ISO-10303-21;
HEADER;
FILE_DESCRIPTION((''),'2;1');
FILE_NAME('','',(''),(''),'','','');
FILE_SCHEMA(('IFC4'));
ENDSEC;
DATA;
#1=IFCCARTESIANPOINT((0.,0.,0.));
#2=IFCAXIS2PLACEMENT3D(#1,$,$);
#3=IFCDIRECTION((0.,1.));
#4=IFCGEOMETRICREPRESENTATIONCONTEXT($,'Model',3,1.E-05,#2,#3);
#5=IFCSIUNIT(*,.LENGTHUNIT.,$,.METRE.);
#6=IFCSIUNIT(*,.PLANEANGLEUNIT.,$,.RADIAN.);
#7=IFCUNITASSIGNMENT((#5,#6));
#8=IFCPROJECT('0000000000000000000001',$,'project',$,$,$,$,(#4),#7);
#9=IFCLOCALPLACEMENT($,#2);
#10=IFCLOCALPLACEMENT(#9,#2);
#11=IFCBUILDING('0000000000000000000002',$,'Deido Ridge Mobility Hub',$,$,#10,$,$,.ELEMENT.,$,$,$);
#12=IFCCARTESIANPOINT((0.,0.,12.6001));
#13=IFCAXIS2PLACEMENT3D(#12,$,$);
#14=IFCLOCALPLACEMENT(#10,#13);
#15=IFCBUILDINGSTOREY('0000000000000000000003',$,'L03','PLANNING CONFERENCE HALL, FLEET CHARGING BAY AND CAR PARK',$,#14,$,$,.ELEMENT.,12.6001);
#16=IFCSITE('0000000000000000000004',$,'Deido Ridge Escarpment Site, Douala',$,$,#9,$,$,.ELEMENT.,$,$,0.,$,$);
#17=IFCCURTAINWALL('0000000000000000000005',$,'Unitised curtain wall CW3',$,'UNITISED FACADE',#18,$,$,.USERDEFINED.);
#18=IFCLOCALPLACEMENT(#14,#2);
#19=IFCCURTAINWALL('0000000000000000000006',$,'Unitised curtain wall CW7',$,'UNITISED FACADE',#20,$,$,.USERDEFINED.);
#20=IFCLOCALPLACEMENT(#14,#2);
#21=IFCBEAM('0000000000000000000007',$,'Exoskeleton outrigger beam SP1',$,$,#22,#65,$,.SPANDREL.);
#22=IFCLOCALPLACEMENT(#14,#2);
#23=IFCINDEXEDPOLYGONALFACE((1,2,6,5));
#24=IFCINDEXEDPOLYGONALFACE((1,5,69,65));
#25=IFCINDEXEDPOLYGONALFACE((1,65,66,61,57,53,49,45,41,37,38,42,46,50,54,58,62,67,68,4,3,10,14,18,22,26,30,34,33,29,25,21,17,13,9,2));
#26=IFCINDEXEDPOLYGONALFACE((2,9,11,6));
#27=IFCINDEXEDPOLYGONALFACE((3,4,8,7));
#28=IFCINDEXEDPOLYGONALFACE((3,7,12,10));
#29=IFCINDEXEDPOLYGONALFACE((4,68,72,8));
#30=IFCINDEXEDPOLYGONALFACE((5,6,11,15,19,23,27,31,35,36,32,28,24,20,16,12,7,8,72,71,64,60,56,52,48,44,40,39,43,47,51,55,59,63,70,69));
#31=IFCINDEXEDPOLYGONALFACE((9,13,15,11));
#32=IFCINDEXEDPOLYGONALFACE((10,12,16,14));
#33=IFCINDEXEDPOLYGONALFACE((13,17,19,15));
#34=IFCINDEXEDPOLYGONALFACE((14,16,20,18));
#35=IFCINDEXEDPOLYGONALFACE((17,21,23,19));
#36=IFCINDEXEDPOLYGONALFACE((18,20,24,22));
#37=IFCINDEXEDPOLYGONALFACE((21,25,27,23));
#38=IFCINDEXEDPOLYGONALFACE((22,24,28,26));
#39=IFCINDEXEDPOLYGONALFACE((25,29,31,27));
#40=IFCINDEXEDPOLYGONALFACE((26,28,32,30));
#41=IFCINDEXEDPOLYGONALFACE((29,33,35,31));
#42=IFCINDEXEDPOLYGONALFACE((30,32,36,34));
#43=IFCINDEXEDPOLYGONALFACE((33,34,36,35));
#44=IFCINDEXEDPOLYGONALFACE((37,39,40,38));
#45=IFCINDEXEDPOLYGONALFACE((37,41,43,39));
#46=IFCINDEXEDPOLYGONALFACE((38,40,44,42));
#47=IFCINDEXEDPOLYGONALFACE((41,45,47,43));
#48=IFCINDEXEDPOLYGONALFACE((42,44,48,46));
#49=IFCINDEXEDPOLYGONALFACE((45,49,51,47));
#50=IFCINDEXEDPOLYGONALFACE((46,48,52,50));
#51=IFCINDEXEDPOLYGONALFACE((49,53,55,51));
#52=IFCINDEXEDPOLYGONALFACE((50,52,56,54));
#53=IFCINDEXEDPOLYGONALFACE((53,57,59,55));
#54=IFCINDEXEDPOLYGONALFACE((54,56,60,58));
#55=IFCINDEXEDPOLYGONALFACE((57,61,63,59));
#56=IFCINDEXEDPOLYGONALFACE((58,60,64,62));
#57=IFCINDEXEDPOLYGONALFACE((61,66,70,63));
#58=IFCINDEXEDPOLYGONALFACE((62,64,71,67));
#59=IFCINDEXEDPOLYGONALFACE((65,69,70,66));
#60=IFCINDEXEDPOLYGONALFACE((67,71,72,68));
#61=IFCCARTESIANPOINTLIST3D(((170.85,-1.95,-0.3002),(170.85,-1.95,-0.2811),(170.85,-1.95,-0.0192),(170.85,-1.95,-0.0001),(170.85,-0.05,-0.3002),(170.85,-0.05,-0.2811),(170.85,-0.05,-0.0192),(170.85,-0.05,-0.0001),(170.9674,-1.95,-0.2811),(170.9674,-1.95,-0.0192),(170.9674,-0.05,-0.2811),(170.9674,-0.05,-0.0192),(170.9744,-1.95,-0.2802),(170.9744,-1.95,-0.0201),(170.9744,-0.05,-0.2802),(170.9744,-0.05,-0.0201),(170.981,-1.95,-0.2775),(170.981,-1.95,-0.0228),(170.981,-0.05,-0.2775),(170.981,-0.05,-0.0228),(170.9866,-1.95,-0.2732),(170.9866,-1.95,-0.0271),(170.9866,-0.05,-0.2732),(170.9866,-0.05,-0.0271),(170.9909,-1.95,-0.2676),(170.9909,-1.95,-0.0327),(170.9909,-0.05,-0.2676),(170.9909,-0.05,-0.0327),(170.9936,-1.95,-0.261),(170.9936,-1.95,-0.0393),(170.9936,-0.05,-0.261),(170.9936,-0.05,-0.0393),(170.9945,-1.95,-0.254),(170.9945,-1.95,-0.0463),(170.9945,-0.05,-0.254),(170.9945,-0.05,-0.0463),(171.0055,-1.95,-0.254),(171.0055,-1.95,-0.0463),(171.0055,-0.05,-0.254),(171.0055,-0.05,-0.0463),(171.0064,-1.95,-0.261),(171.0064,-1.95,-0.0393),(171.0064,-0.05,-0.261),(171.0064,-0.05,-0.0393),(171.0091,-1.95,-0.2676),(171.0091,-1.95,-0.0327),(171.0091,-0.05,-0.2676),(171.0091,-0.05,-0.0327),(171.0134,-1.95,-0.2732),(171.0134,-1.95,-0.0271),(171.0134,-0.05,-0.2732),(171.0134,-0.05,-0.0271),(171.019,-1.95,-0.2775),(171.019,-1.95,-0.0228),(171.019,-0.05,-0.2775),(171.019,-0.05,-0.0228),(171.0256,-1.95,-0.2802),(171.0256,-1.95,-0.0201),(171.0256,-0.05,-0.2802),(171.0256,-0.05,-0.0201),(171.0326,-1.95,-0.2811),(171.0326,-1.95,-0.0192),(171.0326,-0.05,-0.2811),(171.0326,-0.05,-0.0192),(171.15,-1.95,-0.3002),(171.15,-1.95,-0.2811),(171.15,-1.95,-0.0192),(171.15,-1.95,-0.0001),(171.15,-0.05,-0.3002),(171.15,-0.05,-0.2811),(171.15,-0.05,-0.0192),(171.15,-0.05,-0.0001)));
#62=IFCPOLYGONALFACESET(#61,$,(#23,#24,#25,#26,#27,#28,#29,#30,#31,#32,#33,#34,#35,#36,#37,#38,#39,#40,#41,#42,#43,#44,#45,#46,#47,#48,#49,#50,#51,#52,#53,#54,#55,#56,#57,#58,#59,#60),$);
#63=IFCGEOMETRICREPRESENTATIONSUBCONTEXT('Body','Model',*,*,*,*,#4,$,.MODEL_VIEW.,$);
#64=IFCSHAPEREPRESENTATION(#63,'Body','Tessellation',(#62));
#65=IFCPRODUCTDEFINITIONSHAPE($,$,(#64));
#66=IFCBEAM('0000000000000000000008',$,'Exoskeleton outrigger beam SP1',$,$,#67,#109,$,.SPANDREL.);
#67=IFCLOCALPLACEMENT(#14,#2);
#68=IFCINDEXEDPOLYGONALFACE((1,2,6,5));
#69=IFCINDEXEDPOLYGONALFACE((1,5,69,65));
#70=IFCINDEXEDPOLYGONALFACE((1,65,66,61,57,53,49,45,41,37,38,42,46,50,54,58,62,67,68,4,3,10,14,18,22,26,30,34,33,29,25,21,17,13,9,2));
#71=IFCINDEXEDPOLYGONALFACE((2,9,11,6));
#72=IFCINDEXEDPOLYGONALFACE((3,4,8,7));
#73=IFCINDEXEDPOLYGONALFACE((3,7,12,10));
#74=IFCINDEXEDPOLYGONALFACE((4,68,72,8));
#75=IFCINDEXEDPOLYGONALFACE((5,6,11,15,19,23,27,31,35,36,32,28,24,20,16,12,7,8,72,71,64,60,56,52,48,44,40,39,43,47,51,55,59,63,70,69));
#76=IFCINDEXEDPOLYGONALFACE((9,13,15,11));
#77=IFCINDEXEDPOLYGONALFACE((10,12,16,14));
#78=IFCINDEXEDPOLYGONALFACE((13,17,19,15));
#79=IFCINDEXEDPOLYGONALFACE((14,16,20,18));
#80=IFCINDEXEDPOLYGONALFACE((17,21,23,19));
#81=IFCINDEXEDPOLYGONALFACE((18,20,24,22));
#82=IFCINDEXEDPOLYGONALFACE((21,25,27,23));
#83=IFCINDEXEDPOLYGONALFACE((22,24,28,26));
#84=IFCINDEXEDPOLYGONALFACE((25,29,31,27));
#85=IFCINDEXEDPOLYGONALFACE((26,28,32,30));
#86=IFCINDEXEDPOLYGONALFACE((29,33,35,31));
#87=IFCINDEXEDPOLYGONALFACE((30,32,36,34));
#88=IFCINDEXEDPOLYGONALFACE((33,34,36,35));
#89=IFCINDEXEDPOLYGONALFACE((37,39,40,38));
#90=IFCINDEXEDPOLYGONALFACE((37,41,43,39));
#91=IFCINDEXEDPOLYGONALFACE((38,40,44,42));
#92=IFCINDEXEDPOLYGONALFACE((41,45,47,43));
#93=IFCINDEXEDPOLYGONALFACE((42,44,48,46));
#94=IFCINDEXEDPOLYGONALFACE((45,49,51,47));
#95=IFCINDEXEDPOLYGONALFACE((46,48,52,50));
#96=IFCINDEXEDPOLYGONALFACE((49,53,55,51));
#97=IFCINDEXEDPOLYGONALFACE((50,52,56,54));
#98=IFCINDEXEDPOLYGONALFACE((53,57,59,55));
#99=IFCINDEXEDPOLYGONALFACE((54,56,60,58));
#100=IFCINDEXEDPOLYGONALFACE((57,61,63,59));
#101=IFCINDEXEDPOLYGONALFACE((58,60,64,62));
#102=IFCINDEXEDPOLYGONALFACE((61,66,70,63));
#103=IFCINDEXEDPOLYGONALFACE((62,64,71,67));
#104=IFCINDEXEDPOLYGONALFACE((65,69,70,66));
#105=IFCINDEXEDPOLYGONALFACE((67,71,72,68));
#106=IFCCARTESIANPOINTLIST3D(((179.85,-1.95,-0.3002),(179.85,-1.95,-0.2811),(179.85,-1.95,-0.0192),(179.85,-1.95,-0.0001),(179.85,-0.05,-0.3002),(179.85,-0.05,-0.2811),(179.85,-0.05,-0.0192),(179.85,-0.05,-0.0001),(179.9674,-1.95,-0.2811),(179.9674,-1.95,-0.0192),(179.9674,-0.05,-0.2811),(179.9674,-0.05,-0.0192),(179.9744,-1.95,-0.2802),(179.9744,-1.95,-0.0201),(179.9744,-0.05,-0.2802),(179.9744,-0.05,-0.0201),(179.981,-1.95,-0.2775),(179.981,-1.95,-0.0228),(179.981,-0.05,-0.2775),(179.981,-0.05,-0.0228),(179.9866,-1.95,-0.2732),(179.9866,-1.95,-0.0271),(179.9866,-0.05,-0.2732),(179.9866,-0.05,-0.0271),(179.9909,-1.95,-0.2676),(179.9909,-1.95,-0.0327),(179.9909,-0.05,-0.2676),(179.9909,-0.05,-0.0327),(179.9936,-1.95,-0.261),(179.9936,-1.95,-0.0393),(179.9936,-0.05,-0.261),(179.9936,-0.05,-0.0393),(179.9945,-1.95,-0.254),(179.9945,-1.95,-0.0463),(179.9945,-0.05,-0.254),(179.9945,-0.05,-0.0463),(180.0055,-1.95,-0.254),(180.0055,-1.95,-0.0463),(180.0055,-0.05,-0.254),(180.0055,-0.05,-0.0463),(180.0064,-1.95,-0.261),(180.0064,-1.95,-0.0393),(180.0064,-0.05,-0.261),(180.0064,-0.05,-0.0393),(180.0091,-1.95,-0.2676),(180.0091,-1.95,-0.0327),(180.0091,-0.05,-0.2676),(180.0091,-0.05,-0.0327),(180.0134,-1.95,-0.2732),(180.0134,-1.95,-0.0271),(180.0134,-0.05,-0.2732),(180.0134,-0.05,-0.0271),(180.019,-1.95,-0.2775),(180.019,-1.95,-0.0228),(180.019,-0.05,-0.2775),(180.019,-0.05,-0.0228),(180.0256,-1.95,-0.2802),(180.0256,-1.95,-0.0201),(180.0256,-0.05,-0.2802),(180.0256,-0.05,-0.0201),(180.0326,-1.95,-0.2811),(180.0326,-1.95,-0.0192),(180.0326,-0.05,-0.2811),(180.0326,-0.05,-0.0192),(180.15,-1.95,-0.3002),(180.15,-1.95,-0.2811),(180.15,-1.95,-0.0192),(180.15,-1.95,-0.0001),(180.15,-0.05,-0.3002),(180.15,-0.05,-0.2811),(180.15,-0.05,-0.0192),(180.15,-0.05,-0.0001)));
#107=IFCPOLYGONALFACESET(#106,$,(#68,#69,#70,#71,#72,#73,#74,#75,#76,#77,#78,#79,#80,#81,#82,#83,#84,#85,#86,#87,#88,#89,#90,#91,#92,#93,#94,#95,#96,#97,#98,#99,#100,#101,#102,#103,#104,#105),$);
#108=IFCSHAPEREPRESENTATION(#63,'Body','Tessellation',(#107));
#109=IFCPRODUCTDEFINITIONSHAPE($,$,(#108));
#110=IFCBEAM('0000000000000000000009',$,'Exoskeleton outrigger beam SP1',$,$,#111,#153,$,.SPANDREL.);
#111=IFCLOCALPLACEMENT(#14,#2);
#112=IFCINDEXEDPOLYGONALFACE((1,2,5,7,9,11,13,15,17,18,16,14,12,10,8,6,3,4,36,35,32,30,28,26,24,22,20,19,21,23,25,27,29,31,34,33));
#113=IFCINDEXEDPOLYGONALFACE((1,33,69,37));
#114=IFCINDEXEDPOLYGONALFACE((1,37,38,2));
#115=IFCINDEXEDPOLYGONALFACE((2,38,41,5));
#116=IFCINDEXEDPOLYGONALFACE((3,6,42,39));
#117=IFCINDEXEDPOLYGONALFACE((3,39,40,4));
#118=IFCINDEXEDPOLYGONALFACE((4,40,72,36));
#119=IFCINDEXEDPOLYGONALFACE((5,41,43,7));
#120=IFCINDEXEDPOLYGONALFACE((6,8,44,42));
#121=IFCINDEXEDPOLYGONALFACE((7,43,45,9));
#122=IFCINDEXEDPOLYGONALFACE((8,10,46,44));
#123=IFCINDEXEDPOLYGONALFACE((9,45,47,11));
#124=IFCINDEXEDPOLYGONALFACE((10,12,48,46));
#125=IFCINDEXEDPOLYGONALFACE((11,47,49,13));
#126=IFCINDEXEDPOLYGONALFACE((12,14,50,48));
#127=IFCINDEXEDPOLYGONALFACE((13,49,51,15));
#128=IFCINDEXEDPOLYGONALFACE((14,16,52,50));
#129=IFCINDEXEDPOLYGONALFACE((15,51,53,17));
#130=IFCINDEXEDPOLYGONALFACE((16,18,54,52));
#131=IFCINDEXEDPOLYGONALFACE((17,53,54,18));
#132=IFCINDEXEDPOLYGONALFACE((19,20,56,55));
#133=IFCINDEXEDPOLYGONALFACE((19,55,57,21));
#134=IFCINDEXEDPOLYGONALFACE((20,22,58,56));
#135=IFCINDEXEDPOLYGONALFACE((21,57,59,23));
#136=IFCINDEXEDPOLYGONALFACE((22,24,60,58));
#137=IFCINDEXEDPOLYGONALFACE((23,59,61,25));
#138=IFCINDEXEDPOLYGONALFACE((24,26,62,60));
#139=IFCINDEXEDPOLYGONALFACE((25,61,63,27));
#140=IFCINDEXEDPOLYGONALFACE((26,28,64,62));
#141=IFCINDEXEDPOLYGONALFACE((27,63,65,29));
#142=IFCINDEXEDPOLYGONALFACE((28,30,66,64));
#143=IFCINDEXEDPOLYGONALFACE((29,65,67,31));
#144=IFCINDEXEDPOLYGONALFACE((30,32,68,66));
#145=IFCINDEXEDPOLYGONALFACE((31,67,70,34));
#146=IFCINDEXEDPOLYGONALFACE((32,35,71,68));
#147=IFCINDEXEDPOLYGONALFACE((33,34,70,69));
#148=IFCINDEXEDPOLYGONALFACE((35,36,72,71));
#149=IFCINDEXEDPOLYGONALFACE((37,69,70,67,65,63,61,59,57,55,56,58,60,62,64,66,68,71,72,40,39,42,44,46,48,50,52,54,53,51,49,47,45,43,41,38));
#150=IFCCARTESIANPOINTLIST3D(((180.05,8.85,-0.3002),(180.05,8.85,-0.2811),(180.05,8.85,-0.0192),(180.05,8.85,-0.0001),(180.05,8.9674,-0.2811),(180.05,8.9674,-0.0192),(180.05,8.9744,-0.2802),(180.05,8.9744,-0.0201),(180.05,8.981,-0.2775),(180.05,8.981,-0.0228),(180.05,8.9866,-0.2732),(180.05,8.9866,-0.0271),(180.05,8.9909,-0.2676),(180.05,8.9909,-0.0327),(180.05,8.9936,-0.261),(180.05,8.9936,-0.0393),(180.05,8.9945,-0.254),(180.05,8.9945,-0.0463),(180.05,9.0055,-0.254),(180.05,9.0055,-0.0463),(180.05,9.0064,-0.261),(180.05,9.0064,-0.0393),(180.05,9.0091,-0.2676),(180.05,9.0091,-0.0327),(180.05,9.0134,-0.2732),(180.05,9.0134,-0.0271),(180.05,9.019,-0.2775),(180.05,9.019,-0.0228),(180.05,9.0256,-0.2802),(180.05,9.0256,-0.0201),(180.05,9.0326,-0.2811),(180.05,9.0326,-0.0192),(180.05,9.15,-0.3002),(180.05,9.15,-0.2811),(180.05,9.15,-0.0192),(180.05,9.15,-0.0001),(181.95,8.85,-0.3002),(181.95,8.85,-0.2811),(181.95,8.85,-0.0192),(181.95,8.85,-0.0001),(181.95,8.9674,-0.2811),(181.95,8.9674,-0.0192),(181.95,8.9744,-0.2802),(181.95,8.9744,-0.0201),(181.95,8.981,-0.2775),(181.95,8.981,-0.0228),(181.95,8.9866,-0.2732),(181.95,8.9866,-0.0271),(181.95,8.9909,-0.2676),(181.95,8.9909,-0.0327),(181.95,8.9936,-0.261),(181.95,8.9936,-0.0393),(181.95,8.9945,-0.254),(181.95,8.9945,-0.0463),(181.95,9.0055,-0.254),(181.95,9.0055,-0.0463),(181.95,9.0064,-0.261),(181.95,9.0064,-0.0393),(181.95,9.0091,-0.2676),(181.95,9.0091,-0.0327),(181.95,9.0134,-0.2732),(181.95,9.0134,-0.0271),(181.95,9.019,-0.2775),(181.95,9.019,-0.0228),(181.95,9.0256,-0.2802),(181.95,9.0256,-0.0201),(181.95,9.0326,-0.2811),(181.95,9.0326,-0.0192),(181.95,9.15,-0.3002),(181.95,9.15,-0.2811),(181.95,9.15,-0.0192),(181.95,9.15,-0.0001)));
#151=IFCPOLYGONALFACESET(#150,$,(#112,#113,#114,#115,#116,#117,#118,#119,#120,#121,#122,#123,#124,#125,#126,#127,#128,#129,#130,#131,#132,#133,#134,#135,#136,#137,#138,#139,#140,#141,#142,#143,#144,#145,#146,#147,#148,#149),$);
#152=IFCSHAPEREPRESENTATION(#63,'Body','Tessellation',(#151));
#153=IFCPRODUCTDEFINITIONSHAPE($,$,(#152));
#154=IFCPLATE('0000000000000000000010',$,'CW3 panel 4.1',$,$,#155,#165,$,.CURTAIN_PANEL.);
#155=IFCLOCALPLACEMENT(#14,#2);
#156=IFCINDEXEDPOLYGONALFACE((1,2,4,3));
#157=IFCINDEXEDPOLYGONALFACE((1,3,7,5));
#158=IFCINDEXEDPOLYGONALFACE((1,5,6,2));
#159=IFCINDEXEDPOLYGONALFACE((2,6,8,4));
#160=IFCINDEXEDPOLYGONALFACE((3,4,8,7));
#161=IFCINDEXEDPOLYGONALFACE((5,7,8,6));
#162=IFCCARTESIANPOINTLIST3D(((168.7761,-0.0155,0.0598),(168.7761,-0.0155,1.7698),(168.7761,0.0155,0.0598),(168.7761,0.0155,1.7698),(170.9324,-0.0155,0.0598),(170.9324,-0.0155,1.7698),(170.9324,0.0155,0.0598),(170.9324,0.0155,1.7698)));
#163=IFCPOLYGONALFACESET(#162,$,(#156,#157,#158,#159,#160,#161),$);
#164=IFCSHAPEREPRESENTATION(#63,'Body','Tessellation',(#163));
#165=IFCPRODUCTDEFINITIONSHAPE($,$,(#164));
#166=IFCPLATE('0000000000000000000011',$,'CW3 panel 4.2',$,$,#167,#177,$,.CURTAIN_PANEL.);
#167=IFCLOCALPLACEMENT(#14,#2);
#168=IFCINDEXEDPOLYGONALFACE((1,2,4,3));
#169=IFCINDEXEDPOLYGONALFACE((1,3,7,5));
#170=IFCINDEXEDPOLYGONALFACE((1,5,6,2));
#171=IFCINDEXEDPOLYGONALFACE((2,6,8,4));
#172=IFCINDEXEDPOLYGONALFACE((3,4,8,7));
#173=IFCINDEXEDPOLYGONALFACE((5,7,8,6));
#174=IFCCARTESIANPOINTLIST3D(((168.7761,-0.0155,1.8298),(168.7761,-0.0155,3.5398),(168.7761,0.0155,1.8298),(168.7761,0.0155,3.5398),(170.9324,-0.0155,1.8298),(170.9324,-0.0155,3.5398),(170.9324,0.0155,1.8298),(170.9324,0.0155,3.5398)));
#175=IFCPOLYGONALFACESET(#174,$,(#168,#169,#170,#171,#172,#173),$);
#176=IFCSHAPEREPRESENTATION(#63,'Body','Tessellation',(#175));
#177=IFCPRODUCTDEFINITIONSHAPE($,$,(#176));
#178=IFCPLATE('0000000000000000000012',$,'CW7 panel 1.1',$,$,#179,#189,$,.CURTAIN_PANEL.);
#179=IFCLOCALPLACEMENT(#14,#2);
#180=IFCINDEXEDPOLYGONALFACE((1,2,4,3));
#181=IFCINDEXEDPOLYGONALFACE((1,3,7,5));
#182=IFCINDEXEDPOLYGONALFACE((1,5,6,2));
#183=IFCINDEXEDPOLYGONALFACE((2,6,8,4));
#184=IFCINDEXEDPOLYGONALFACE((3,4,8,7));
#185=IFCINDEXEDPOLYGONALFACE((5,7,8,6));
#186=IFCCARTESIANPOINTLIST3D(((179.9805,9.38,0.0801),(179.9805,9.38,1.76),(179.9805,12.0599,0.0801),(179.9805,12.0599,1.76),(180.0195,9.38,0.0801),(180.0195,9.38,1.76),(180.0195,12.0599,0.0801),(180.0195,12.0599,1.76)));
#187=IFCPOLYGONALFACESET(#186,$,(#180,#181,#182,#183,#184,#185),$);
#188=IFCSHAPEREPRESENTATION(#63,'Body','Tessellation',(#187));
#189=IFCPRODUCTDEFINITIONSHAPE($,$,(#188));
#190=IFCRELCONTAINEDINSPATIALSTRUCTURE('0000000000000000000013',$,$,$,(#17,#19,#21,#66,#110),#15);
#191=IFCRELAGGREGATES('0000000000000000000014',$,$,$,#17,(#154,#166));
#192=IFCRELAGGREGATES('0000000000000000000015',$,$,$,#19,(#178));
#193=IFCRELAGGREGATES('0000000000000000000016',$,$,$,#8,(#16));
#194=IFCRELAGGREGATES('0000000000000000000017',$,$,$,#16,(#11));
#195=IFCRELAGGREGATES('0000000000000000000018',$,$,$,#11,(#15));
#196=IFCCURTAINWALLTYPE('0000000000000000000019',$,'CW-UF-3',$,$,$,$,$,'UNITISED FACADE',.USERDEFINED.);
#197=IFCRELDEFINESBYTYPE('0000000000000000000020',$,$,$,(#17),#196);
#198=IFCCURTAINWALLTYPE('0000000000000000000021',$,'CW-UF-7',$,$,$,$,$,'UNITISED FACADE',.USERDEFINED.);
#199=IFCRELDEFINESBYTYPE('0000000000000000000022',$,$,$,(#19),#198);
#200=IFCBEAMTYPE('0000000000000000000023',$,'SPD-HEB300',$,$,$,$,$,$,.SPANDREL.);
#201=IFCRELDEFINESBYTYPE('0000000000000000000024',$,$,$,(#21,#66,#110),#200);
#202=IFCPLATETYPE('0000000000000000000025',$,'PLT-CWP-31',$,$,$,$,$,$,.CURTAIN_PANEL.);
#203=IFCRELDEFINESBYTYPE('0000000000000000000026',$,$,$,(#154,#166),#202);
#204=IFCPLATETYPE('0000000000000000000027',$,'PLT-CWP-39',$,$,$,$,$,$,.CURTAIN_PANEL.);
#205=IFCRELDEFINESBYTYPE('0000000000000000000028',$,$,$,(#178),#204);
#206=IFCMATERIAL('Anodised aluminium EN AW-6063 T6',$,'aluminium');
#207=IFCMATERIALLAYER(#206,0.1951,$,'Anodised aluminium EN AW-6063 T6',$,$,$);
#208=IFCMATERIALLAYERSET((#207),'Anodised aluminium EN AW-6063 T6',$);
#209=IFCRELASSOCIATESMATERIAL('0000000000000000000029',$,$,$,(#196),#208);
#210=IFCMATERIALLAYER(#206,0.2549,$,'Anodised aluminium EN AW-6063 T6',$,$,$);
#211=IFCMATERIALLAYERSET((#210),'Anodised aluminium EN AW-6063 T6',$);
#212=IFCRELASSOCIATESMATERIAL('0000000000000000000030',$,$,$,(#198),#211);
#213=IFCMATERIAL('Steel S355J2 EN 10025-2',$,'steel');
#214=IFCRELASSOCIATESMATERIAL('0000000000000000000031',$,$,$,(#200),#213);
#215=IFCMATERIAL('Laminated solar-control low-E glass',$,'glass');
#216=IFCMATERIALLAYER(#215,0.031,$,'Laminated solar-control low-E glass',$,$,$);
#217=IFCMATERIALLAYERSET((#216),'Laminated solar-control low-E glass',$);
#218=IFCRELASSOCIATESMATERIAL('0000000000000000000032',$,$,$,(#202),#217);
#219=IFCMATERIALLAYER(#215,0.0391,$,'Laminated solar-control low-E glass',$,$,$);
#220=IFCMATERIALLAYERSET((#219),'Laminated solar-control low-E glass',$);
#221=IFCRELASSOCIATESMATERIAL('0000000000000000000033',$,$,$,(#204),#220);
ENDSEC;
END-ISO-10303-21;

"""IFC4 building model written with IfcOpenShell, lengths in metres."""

from ifc_helpers import new_model, si_unit, direction, frame, origin, origin_2d, place, context, subcontext, project, spatial, rectangle, i_section, extrude, material, layer, layer_set, material_profile, profile_set, type_object, element, aggregate, save


model = new_model("IFC4")

# Units and contexts
model_context = context("Model", 3, precision=1e-05, world=origin(), true_north=direction((0.0, 1.0)))
body_context = subcontext(model_context, "Body", "Model", "MODEL_VIEW")
ifc_project = project(units=[si_unit("LENGTHUNIT", "METRE"), si_unit("PLANEANGLEUNIT", "RADIAN")], contexts=[model_context])

# Site, building, storey
site_placement = place(None, origin())
site = spatial("IfcSite", under=ifc_project, at=site_placement, Name="Deido Ridge Escarpment Site, Douala", CompositionType="ELEMENT", RefElevation=0.0)
building_placement = place(site_placement, origin())
building = spatial("IfcBuilding", under=site, at=building_placement, Name="Deido Ridge Mobility Hub", CompositionType="ELEMENT")
storey_placement = place(building_placement, frame((0.0, 0.0, 12.6001)))
storey = spatial("IfcBuildingStorey", under=building, at=storey_placement, Name="L03", Description="PLANNING CONFERENCE HALL, FLEET CHARGING BAY AND CAR PARK", CompositionType="ELEMENT", Elevation=12.6001)

# Shared definitions
ifc_material_1 = material(Name="Steel S355J2 EN 10025-2", Category="steel")

# Curtain walls
ifc_material_2 = material(Name="Anodised aluminium EN AW-6063 T6", Category="aluminium")
ifc_layer_1 = layer(ifc_material_2, 0.1951, Name="Anodised aluminium EN AW-6063 T6")
ifc_layer_set_1 = layer_set([ifc_layer_1], Name="Anodised aluminium EN AW-6063 T6")
curtain_wall_type_1 = type_object("IfcCurtainWallType", Name="CW-UF-3", ElementType="UNITISED FACADE", PredefinedType="USERDEFINED", material=ifc_layer_set_1)
curtain_wall_1_placement = place(storey_placement, origin())
curtain_wall_1 = element("IfcCurtainWall", 1, at=curtain_wall_1_placement, inside=storey, type_object=curtain_wall_type_1, Name="Unitised curtain wall CW3", ObjectType="UNITISED FACADE", PredefinedType="USERDEFINED")
ifc_layer_2 = layer(ifc_material_2, 0.2549, Name="Anodised aluminium EN AW-6063 T6")
ifc_layer_set_2 = layer_set([ifc_layer_2], Name="Anodised aluminium EN AW-6063 T6")
curtain_wall_type_2 = type_object("IfcCurtainWallType", Name="CW-UF-7", ElementType="UNITISED FACADE", PredefinedType="USERDEFINED", material=ifc_layer_set_2)
curtain_wall_2_placement = place(storey_placement, origin())
curtain_wall_2 = element("IfcCurtainWall", 2, at=curtain_wall_2_placement, inside=storey, type_object=curtain_wall_type_2, Name="Unitised curtain wall CW7", ObjectType="UNITISED FACADE", PredefinedType="USERDEFINED")

# Beams
ifc_material_profile_1 = material_profile(ifc_material_1, i_section(OverallWidth=0.3, OverallDepth=0.3, WebThickness=0.011, FlangeThickness=0.019, FilletRadius=0.0271, at=origin_2d()), Name="HEB 300")
ifc_profile_set_1 = profile_set([ifc_material_profile_1], Name="Steel S355J2 EN 10025-2")
beam_type = type_object("IfcBeamType", Name="SPD-HEB300", PredefinedType="SPANDREL", material=ifc_profile_set_1)
for number, where, z_axis, x_axis, name in (
    (3, (171.0, -0.05, -0.1501), (0.0, -1.0, 0.0), (1.0, 0.0, 0.0), "Exoskeleton outrigger beam SP1"),
    (4, (180.0, -0.05, -0.1501), (0.0, -1.0, 0.0), (1.0, 0.0, 0.0), "Exoskeleton outrigger beam SP1"),
    (5, (180.05, 9.0, -0.1501), (1.0, 0.0, 0.0), (0.0, 1.0, 0.0), "Exoskeleton outrigger beam SP1"),
):
    element("IfcBeam", number, at=place(storey_placement, frame(where, z_axis=z_axis, x_axis=x_axis)), inside=storey, type_object=beam_type, Name=name, PredefinedType="SPANDREL", context=body_context, shape_type="SweptSolid", body=[
        extrude(i_section(OverallWidth=0.3, OverallDepth=0.3, WebThickness=0.011, FlangeThickness=0.019, FilletRadius=0.0271, at=origin_2d()), origin(), (0.0, 0.0, 1.0), 1.8999),
    ])

# Plates
ifc_material_3 = material(Name="Laminated solar-control low-E glass", Category="glass")
ifc_layer_3 = layer(ifc_material_3, 0.031, Name="Laminated solar-control low-E glass")
ifc_layer_set_3 = layer_set([ifc_layer_3], Name="Laminated solar-control low-E glass")
plate_type_1 = type_object("IfcPlateType", Name="PLT-CWP-31", PredefinedType="CURTAIN_PANEL", material=ifc_layer_set_3)
plate_1_placement = place(storey_placement, frame((169.8542, 0.0, 0.0598), z_axis=(0.0, 0.0, 1.0), x_axis=(1.0, 0.0, 0.0)))
plate_1 = element("IfcPlate", 6, at=plate_1_placement, type_object=plate_type_1, Name="CW3 panel 4.1", PredefinedType="CURTAIN_PANEL", context=body_context, shape_type="SweptSolid", body=[
    extrude(rectangle(XDim=2.1562, YDim=0.031, at=origin_2d()), origin(), (0.0, 0.0, 1.0), 1.71),
])
plate_2_placement = place(storey_placement, frame((169.8542, 0.0, 1.8298), z_axis=(0.0, 0.0, 1.0), x_axis=(1.0, 0.0, 0.0)))
plate_2 = element("IfcPlate", 7, at=plate_2_placement, type_object=plate_type_1, Name="CW3 panel 4.2", PredefinedType="CURTAIN_PANEL", context=body_context, shape_type="SweptSolid", body=[
    extrude(rectangle(XDim=2.1562, YDim=0.031, at=origin_2d()), origin(), (0.0, 0.0, 1.0), 1.71),
])
aggregate(curtain_wall_1, [plate_1, plate_2])
ifc_layer_4 = layer(ifc_material_3, 0.0391, Name="Laminated solar-control low-E glass")
ifc_layer_set_4 = layer_set([ifc_layer_4], Name="Laminated solar-control low-E glass")
plate_type_2 = type_object("IfcPlateType", Name="PLT-CWP-39", PredefinedType="CURTAIN_PANEL", material=ifc_layer_set_4)
plate_3_placement = place(storey_placement, frame((180.0, 10.72, 0.0801), z_axis=(0.0, 0.0, 1.0), x_axis=(0.0, 1.0, 0.0)))
plate_3 = element("IfcPlate", 8, at=plate_3_placement, type_object=plate_type_2, Name="CW7 panel 1.1", PredefinedType="CURTAIN_PANEL", context=body_context, shape_type="SweptSolid", body=[
    extrude(rectangle(XDim=2.6799, YDim=0.0391, at=origin_2d()), origin(), (0.0, 0.0, 1.0), 1.6799),
])
aggregate(curtain_wall_2, [plate_3])

save(model, "model.ifc")
